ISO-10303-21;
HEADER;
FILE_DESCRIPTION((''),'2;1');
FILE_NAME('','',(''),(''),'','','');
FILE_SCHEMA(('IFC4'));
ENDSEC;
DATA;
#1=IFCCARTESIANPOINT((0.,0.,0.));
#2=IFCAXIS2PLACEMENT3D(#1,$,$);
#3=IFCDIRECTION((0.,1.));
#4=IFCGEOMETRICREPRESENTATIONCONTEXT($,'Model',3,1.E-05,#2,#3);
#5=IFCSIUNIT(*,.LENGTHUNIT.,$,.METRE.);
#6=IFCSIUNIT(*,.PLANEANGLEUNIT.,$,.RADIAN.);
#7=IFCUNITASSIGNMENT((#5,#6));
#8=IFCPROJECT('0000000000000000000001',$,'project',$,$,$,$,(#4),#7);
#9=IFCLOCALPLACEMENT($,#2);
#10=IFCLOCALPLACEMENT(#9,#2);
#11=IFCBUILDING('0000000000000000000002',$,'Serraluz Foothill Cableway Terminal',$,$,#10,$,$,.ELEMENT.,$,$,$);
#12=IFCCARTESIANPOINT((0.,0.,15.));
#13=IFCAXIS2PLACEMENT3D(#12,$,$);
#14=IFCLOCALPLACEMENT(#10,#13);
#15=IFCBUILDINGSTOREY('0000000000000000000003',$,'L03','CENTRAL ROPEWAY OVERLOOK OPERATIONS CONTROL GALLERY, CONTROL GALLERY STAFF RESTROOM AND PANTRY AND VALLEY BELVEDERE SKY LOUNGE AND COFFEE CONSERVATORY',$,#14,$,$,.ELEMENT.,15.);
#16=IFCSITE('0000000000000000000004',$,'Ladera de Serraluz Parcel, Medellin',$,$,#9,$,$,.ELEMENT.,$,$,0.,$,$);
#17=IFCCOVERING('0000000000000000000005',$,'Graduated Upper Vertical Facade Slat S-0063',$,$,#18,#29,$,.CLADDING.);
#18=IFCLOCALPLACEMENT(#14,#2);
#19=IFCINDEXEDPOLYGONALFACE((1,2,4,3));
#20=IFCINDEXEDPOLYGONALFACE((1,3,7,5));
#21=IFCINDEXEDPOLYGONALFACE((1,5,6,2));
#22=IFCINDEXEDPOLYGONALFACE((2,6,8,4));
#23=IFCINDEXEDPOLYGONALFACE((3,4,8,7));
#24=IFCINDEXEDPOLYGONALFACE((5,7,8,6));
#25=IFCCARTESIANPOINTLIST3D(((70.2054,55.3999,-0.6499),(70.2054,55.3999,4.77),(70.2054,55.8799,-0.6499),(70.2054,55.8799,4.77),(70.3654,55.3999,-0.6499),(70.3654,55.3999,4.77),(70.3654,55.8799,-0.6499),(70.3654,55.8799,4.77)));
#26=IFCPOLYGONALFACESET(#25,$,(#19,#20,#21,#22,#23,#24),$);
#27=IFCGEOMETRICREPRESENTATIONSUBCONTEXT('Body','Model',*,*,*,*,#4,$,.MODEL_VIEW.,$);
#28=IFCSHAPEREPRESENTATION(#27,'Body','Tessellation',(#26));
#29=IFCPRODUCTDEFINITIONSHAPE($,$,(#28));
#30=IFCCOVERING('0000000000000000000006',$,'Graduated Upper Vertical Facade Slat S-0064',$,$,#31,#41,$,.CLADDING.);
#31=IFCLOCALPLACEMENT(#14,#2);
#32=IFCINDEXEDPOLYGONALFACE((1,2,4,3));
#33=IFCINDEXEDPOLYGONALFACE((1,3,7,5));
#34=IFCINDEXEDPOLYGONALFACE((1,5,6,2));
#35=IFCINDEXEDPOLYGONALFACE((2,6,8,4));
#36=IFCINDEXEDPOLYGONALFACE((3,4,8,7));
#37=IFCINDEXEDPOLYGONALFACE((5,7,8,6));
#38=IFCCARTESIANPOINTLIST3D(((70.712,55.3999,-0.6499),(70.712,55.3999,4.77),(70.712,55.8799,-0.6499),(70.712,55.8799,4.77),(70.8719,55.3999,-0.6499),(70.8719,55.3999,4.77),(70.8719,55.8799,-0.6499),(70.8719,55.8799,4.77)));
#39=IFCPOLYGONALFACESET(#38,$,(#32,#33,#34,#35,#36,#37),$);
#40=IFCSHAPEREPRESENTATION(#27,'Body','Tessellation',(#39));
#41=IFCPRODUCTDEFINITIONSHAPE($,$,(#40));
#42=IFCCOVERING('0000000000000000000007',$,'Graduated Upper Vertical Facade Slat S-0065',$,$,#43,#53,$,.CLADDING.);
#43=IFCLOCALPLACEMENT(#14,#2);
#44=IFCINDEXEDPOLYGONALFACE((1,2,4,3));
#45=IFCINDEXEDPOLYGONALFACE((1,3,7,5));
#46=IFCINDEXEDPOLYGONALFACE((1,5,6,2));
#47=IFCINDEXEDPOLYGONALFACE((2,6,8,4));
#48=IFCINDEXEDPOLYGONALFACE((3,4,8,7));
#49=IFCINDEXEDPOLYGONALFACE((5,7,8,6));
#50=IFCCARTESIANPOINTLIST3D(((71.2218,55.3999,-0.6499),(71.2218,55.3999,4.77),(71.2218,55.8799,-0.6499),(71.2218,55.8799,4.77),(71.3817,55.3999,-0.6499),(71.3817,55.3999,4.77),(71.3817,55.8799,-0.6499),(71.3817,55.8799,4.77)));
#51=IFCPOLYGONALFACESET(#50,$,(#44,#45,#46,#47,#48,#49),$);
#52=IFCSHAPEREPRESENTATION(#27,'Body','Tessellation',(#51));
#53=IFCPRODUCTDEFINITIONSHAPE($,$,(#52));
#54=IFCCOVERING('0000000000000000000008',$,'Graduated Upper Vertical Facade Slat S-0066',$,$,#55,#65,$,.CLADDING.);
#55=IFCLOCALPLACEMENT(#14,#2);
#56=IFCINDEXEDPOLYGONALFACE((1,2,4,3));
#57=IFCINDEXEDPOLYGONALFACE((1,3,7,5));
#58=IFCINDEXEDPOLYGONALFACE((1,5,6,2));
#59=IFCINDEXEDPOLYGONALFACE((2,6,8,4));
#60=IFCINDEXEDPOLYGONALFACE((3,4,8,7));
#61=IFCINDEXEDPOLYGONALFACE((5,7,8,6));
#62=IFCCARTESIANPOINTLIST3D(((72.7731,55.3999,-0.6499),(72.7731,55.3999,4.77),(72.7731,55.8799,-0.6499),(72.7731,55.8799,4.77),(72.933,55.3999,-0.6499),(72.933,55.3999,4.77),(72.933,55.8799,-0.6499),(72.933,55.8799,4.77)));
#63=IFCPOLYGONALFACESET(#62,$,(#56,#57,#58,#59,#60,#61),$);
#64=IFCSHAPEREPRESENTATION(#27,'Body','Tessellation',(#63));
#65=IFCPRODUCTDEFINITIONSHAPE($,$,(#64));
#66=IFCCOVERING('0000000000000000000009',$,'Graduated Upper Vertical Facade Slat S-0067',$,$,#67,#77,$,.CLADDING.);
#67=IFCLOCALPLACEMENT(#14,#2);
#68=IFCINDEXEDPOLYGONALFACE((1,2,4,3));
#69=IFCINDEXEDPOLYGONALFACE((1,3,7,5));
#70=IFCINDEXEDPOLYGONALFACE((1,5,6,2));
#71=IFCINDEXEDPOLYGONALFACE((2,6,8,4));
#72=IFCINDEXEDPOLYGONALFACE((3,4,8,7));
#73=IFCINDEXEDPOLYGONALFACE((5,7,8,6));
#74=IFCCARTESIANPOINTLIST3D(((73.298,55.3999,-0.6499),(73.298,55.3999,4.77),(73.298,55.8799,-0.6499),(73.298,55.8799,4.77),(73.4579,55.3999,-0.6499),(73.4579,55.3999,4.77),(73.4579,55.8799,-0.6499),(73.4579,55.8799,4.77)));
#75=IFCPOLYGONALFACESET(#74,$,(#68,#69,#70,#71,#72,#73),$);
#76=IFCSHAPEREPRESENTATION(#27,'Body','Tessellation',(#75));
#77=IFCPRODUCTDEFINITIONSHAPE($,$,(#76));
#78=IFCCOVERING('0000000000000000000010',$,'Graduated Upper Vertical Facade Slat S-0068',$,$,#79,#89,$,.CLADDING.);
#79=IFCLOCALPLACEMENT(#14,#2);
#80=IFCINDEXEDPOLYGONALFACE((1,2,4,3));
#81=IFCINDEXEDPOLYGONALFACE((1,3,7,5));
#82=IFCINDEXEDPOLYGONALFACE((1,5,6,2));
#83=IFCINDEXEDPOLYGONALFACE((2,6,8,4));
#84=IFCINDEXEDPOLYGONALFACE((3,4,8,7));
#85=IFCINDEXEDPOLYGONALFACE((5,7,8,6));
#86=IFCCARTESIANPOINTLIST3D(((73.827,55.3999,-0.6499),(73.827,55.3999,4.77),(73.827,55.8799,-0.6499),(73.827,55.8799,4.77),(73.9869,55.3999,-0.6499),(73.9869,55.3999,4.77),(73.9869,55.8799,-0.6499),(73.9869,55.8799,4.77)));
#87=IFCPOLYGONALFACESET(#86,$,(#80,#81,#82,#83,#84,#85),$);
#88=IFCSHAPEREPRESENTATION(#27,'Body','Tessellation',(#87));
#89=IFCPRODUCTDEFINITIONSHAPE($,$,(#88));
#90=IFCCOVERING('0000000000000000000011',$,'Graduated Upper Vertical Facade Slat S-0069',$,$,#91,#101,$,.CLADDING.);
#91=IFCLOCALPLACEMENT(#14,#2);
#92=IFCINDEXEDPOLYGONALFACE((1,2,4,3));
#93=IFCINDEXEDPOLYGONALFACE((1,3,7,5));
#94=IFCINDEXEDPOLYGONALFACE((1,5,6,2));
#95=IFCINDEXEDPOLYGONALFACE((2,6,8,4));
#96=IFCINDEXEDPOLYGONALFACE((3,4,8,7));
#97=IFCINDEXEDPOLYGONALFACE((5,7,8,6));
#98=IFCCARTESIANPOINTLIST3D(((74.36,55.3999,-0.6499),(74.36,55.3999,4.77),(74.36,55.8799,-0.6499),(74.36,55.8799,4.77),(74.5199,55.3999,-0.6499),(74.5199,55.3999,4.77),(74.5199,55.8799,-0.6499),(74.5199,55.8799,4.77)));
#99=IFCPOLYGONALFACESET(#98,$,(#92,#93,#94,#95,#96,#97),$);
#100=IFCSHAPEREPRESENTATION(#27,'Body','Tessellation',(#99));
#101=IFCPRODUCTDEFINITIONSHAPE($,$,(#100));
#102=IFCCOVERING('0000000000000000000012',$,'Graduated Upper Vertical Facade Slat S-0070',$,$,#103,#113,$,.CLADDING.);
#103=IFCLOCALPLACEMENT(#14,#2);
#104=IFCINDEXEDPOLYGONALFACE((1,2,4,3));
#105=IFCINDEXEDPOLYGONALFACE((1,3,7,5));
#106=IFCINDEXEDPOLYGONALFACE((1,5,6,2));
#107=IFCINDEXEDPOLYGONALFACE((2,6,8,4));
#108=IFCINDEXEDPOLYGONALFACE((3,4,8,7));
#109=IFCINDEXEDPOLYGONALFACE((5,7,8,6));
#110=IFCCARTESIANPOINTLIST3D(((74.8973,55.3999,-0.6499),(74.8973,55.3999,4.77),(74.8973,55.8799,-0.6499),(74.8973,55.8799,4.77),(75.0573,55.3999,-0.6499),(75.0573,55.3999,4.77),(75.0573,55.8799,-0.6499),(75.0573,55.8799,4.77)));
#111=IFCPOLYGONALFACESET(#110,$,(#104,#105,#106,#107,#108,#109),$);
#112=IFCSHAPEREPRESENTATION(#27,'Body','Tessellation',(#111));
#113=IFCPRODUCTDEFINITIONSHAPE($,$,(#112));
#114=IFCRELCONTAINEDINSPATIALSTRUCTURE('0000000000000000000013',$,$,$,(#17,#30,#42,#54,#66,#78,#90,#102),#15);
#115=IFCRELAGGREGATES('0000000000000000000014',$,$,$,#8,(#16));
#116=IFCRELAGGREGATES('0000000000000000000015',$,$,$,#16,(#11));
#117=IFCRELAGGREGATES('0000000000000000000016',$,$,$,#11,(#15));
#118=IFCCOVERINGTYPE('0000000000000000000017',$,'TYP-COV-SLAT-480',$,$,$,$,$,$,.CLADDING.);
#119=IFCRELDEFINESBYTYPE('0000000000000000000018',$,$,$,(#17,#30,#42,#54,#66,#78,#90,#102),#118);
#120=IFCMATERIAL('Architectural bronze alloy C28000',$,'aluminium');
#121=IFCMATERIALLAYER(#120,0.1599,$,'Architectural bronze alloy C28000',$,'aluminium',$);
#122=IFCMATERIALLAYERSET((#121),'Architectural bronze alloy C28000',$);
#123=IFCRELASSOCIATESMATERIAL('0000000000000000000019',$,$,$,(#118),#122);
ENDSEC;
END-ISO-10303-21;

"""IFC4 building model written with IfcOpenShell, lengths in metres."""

from ifc_helpers import new_model, si_unit, direction, frame, origin, origin_2d, place, context, subcontext, project, spatial, rectangle, extrude, material, layer, layer_set, type_object, element, save


model = new_model("IFC4")

# Units and contexts
model_context = context("Model", 3, precision=1e-05, world=origin(), true_north=direction((0.0, 1.0)))
body_context = subcontext(model_context, "Body", "Model", "MODEL_VIEW")
ifc_project = project(units=[si_unit("LENGTHUNIT", "METRE"), si_unit("PLANEANGLEUNIT", "RADIAN")], contexts=[model_context])

# Site, building, storey
site_placement = place(None, origin())
site = spatial("IfcSite", under=ifc_project, at=site_placement, Name="Ladera de Serraluz Parcel, Medellin", CompositionType="ELEMENT", RefElevation=0.0)
building_placement = place(site_placement, origin())
building = spatial("IfcBuilding", under=site, at=building_placement, Name="Serraluz Foothill Cableway Terminal", CompositionType="ELEMENT")
storey_placement = place(building_placement, frame((0.0, 0.0, 15.0)))
storey = spatial("IfcBuildingStorey", under=building, at=storey_placement, Name="L03", Description="CENTRAL ROPEWAY OVERLOOK OPERATIONS CONTROL GALLERY, CONTROL GALLERY STAFF RESTROOM AND PANTRY AND VALLEY BELVEDERE SKY LOUNGE AND COFFEE CONSERVATORY", CompositionType="ELEMENT", Elevation=15.0)

# Shared definitions
ifc_material_1 = material(Name="Architectural bronze alloy C28000", Category="aluminium")

# Coverings
ifc_layer_1 = layer(ifc_material_1, 0.1599, Name="Architectural bronze alloy C28000", Category="aluminium")
ifc_layer_set_1 = layer_set([ifc_layer_1], Name="Architectural bronze alloy C28000")
covering_type = type_object("IfcCoveringType", Name="TYP-COV-SLAT-480", PredefinedType="CLADDING", material=ifc_layer_set_1)
for number, where, z_axis, x_axis, name in (
    (1, (70.2854, 55.6399, -0.6499), (0.0, 0.0, 1.0), (1.0, 0.0, 0.0), "Graduated Upper Vertical Facade Slat S-0063"),
    (2, (70.792, 55.6399, -0.6499), (0.0, 0.0, 1.0), (1.0, 0.0, 0.0), "Graduated Upper Vertical Facade Slat S-0064"),
    (3, (71.3018, 55.6399, -0.6499), (0.0, 0.0, 1.0), (1.0, 0.0, 0.0), "Graduated Upper Vertical Facade Slat S-0065"),
    (4, (72.853, 55.6399, -0.6499), (0.0, 0.0, 1.0), (1.0, 0.0, 0.0), "Graduated Upper Vertical Facade Slat S-0066"),
    (5, (73.3779, 55.6399, -0.6499), (0.0, 0.0, 1.0), (1.0, 0.0, 0.0), "Graduated Upper Vertical Facade Slat S-0067"),
    (6, (73.907, 55.6399, -0.6499), (0.0, 0.0, 1.0), (1.0, 0.0, 0.0), "Graduated Upper Vertical Facade Slat S-0068"),
    (7, (74.4399, 55.6399, -0.6499), (0.0, 0.0, 1.0), (1.0, 0.0, 0.0), "Graduated Upper Vertical Facade Slat S-0069"),
    (8, (74.9773, 55.6399, -0.6499), (0.0, 0.0, 1.0), (1.0, 0.0, 0.0), "Graduated Upper Vertical Facade Slat S-0070"),
):
    element("IfcCovering", number, at=place(storey_placement, frame(where, z_axis=z_axis, x_axis=x_axis)), inside=storey, type_object=covering_type, Name=name, PredefinedType="CLADDING", context=body_context, shape_type="SweptSolid", body=[
        extrude(rectangle(XDim=0.1599, YDim=0.48, at=origin_2d()), origin(), (0.0, 0.0, 1.0), 5.4199),
    ])

save(model, "model.ifc")
